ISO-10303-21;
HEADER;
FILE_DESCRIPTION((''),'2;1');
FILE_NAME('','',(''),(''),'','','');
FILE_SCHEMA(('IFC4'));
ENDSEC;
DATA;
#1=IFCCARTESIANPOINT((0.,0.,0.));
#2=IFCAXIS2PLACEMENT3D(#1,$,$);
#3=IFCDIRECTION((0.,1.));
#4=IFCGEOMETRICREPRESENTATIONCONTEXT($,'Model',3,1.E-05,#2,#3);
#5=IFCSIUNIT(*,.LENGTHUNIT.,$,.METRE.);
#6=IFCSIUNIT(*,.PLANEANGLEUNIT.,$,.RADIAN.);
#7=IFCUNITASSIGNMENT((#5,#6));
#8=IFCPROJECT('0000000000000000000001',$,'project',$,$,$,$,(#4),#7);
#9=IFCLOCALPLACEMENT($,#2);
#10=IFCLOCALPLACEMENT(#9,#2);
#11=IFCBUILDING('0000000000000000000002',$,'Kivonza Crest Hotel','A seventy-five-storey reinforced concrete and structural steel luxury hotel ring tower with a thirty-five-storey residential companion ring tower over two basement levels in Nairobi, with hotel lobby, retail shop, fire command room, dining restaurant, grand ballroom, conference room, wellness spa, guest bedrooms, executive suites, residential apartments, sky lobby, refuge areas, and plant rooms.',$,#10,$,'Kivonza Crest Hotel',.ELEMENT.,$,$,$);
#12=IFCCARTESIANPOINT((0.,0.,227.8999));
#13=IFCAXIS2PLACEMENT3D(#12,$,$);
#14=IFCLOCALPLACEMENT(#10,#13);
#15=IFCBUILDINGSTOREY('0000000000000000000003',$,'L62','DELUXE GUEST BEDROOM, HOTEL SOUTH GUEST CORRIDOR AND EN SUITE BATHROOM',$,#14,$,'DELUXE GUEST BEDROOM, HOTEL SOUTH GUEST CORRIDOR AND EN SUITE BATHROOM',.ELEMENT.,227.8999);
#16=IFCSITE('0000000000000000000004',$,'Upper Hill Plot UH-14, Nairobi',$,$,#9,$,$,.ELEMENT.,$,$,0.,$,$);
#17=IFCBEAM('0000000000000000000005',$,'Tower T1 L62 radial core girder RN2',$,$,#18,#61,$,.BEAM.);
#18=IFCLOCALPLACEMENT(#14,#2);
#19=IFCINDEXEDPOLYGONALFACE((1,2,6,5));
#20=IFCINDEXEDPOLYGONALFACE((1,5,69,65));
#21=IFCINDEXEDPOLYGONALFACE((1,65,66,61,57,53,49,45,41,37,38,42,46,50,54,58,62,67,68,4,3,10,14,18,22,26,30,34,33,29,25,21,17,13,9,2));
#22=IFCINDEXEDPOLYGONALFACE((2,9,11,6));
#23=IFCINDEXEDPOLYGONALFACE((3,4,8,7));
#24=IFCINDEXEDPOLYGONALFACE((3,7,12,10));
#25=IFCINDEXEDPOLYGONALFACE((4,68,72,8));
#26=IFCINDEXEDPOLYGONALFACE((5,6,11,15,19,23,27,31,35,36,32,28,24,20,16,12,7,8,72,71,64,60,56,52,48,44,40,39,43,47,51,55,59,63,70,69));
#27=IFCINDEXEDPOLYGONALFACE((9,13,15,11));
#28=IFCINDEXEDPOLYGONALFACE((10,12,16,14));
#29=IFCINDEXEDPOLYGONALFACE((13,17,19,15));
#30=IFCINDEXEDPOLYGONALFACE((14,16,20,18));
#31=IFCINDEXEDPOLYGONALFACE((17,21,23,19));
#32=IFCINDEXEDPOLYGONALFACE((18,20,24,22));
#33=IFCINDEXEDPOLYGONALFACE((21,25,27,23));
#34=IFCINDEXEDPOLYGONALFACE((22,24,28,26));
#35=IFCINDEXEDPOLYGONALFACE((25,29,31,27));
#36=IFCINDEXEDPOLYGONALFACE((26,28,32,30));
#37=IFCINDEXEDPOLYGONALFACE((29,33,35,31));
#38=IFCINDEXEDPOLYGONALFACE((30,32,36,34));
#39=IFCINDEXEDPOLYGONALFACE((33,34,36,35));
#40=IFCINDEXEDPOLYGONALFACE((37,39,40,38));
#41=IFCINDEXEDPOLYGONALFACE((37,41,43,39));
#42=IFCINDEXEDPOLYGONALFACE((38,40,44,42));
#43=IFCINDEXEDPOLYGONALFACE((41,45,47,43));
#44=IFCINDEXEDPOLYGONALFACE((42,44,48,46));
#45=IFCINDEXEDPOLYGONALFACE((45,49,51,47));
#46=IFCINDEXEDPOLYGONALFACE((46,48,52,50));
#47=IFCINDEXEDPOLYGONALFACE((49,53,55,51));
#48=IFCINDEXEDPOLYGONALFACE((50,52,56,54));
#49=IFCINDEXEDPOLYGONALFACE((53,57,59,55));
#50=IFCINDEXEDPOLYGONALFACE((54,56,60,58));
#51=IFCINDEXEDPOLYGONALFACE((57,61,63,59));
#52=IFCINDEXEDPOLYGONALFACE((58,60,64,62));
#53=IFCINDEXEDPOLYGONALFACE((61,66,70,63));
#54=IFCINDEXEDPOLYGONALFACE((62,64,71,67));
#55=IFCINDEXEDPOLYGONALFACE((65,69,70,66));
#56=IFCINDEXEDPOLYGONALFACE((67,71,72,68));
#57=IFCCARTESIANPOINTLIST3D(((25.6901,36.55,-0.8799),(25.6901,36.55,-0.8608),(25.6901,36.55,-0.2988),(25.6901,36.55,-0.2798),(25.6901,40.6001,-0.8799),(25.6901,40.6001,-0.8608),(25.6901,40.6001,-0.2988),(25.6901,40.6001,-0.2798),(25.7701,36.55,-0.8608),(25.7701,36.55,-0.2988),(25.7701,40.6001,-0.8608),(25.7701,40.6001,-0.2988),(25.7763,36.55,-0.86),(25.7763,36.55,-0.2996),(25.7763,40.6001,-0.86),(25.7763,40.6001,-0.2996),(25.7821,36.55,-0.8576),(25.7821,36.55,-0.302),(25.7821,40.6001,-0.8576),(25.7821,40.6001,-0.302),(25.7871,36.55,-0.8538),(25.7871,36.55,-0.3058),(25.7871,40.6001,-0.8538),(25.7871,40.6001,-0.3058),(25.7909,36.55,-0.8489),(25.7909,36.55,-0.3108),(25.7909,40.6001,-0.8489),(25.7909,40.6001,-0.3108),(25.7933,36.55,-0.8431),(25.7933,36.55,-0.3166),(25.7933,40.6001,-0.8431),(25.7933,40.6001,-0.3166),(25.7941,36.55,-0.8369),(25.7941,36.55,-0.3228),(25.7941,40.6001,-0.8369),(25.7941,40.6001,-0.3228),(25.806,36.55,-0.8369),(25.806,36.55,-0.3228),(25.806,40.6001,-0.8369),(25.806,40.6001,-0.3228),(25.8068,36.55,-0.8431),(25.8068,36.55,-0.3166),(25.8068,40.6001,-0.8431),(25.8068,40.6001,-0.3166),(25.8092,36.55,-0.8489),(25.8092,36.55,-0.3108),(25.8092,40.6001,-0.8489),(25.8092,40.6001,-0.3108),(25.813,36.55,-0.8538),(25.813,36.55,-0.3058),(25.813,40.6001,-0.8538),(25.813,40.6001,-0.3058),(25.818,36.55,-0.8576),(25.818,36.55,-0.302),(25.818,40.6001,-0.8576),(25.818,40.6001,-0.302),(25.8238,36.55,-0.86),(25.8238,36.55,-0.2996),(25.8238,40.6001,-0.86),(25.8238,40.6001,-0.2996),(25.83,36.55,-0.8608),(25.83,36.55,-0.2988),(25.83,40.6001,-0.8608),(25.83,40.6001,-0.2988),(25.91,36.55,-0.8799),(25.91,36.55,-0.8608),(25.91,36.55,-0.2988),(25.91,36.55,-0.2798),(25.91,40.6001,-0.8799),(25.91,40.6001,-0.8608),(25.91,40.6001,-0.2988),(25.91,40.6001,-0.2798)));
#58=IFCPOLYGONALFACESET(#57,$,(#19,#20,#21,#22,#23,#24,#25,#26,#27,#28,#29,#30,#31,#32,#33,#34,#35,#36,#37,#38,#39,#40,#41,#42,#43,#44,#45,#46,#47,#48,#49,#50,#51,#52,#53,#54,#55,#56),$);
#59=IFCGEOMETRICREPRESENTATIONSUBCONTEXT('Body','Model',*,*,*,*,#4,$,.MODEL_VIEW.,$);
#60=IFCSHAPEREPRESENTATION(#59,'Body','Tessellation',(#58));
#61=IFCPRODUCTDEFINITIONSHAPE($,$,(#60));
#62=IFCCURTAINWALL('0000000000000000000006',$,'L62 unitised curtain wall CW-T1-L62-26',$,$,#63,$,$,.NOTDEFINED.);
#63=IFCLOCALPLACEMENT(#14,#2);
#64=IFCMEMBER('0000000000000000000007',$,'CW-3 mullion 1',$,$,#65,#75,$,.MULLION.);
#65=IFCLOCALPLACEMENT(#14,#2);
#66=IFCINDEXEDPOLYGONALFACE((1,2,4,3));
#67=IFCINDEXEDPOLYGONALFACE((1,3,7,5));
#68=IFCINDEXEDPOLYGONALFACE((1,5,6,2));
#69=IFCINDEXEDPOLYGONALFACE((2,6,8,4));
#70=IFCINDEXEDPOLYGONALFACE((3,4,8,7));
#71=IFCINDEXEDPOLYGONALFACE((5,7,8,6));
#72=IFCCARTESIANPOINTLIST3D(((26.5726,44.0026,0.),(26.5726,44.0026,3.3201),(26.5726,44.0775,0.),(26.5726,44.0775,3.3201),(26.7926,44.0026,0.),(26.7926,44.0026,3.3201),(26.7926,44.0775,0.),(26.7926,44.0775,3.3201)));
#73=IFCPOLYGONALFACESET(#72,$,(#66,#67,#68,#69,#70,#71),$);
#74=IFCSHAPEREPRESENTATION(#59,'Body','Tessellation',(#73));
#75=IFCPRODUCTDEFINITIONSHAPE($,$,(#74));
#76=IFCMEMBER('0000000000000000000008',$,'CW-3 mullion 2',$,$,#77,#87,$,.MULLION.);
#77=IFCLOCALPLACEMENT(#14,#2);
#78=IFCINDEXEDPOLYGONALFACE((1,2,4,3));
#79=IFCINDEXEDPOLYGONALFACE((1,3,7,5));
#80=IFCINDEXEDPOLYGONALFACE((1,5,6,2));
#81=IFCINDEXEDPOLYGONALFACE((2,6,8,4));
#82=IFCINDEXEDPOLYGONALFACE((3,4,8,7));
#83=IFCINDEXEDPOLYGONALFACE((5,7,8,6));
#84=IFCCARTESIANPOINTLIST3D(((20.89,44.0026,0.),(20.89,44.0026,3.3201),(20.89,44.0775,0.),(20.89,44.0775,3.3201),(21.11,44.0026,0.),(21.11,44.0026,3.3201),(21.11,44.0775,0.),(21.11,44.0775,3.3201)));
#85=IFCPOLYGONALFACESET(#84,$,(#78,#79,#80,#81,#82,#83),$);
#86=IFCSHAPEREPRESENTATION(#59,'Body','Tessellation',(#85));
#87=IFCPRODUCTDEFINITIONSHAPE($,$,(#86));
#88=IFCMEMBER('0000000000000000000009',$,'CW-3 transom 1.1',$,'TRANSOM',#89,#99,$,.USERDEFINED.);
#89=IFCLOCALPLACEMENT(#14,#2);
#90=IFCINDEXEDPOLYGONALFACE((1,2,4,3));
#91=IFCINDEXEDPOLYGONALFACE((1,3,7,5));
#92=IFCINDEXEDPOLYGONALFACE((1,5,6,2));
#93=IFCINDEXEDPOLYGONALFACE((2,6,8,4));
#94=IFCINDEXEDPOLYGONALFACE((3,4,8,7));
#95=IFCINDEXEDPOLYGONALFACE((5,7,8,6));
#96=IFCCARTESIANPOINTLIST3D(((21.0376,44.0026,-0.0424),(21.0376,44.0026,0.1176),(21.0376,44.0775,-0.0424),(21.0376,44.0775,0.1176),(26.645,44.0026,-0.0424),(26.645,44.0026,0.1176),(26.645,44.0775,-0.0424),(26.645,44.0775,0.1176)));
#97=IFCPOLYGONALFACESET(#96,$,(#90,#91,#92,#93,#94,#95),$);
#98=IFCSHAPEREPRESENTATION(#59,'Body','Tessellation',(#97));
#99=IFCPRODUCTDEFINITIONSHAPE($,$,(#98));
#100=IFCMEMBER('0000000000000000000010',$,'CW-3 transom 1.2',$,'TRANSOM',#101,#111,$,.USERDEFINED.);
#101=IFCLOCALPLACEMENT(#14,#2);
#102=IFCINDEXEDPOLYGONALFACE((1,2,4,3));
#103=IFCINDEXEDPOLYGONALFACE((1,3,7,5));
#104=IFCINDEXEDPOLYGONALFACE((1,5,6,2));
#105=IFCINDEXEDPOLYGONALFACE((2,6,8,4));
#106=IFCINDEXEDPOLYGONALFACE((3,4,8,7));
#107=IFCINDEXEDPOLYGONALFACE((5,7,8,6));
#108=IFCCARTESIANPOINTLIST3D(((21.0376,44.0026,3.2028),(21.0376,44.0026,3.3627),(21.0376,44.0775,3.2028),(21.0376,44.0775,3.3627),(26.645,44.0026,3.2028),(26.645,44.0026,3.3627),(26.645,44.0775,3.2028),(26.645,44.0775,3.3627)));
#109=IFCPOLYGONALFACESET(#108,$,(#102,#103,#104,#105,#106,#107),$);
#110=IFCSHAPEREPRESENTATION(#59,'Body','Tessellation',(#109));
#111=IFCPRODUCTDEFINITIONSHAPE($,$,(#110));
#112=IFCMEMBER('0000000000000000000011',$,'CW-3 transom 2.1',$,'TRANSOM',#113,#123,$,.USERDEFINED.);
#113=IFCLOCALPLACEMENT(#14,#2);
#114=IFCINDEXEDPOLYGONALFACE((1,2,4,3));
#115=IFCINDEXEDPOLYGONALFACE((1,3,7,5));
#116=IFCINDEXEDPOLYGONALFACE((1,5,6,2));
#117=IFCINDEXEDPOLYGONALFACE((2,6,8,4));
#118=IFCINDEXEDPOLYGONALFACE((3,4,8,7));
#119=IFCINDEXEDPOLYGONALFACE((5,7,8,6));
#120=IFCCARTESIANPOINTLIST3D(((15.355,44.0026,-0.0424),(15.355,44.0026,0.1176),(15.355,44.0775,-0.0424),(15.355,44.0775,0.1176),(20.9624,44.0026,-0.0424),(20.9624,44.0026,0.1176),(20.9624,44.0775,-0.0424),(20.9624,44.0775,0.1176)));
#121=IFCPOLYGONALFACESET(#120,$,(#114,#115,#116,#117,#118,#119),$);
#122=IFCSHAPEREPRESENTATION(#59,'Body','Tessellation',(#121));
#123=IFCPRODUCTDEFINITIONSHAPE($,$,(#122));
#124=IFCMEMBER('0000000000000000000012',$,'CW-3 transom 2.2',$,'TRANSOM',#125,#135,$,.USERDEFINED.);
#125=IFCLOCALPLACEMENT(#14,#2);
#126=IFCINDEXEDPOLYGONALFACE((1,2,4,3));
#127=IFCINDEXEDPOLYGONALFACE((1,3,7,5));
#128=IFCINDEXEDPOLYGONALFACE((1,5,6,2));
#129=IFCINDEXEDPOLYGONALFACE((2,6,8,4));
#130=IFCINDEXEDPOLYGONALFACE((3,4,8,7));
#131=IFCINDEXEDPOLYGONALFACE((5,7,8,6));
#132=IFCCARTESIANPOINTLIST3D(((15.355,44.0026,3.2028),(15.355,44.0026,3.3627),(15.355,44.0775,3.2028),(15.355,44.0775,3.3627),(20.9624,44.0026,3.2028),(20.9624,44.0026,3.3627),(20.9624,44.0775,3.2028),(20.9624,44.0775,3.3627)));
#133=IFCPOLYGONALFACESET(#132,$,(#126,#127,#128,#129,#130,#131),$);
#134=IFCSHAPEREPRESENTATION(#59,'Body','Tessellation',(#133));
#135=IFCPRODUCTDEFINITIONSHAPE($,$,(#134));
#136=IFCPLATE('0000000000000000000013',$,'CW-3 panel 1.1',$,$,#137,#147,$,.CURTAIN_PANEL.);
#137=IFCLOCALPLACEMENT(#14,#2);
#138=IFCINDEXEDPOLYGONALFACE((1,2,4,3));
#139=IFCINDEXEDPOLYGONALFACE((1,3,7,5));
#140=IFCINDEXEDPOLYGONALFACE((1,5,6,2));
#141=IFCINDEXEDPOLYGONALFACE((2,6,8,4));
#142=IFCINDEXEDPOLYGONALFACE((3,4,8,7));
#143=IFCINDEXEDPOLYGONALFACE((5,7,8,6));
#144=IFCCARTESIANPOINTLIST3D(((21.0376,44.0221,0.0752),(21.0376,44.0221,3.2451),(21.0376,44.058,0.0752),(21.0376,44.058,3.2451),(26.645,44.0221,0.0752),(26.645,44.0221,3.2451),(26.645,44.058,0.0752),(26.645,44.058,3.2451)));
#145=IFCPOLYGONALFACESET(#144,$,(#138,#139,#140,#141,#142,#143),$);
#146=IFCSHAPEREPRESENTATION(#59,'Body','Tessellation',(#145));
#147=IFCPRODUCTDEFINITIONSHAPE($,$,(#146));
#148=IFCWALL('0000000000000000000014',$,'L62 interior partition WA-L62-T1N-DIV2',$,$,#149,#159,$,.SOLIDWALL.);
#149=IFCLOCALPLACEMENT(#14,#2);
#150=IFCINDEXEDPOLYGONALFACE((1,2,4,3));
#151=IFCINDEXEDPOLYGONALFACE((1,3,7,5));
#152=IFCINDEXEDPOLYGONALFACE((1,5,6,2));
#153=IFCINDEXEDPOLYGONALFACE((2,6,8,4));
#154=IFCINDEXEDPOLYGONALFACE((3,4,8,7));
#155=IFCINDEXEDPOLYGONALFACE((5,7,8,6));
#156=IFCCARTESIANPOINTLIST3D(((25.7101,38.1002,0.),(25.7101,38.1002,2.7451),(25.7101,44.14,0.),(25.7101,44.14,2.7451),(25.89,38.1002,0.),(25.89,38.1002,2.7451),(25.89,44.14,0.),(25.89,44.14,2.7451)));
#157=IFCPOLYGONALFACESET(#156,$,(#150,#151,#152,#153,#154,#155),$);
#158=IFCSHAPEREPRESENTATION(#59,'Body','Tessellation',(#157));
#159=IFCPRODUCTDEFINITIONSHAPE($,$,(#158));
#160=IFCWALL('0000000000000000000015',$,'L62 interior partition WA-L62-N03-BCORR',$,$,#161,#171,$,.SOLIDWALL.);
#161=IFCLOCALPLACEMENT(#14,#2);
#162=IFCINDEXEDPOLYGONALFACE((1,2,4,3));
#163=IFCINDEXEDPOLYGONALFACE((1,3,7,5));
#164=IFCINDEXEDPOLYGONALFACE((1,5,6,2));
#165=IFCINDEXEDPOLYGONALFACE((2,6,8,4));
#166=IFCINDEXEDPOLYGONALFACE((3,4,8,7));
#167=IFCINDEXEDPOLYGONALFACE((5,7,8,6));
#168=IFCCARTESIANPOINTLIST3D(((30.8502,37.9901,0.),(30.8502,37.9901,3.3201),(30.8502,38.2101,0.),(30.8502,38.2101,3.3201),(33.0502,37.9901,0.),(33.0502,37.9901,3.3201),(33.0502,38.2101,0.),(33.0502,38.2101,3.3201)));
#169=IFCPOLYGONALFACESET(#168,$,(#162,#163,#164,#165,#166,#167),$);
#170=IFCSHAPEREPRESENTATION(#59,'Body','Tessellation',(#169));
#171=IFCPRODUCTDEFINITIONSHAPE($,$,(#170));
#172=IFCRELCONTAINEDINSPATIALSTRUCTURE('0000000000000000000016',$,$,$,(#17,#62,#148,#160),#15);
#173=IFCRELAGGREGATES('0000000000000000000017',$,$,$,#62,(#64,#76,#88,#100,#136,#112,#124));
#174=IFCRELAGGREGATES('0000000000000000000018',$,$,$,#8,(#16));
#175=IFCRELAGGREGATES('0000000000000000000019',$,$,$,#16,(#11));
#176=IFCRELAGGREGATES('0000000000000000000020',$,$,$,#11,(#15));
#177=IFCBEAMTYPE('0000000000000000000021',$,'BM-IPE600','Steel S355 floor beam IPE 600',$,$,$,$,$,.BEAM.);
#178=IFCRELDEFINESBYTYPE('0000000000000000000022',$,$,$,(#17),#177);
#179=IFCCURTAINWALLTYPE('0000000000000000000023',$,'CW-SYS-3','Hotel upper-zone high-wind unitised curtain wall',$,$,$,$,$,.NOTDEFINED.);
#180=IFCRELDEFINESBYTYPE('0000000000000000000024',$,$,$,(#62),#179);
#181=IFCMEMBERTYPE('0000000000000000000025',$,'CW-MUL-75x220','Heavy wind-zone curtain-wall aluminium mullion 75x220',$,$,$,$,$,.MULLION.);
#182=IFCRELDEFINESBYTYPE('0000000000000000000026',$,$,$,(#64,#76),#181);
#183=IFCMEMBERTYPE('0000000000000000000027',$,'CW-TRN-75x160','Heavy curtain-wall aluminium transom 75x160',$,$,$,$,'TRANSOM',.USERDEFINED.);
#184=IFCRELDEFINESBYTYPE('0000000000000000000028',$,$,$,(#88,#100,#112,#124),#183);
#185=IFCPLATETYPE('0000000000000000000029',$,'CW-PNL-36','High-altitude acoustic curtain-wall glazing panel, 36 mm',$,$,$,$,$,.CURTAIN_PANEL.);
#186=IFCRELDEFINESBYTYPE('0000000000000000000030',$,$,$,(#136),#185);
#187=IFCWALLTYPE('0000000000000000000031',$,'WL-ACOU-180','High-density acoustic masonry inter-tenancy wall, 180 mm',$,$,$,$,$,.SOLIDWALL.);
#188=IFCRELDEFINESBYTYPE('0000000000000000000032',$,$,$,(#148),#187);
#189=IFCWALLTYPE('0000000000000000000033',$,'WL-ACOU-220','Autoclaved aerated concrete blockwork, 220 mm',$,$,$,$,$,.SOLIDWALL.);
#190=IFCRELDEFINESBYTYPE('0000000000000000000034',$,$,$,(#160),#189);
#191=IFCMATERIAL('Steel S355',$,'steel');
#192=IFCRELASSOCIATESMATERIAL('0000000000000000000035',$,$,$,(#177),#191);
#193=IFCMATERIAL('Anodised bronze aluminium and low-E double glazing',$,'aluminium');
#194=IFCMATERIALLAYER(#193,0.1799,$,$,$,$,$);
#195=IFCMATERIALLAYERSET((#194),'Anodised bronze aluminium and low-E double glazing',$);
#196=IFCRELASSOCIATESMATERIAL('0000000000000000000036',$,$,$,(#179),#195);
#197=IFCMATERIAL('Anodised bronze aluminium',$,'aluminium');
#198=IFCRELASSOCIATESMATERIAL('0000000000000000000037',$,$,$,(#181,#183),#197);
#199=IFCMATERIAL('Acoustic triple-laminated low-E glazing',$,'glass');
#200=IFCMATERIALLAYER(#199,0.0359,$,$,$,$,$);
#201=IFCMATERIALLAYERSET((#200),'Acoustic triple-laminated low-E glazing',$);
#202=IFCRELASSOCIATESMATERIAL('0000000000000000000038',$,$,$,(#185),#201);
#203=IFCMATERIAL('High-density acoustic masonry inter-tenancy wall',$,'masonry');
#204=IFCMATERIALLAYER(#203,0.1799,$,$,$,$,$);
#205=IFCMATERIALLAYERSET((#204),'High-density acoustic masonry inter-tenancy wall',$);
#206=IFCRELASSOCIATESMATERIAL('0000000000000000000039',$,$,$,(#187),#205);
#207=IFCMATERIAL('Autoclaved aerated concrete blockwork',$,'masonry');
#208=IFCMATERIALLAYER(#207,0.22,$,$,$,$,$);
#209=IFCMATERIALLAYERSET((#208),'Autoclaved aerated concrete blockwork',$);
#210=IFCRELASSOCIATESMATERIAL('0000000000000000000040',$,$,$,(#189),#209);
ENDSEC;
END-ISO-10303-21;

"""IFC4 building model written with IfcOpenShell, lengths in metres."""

from ifc_helpers import new_model, si_unit, direction, frame, frame_2d, origin, origin_2d, place, context, subcontext, project, spatial, rectangle, i_section, extrude, material, layer, layer_set, material_profile, profile_set, type_object, element, aggregate, save


model = new_model("IFC4")

# Units and contexts
model_context = context("Model", 3, precision=1e-05, world=origin(), true_north=direction((0.0, 1.0)))
body_context = subcontext(model_context, "Body", "Model", "MODEL_VIEW")
ifc_project = project(units=[si_unit("LENGTHUNIT", "METRE"), si_unit("PLANEANGLEUNIT", "RADIAN")], contexts=[model_context])

# Site, building, storey
site_placement = place(None, origin())
site = spatial("IfcSite", under=ifc_project, at=site_placement, Name="Upper Hill Plot UH-14, Nairobi", CompositionType="ELEMENT", RefElevation=0.0)
building_placement = place(site_placement, origin())
building = spatial("IfcBuilding", under=site, at=building_placement, Name="Kivonza Crest Hotel", Description="A seventy-five-storey reinforced concrete and structural steel luxury hotel ring tower with a thirty-five-storey residential companion ring tower over two basement levels in Nairobi, with hotel lobby, retail shop, fire command room, dining restaurant, grand ballroom, conference room, wellness spa, guest bedrooms, executive suites, residential apartments, sky lobby, refuge areas, and plant rooms.", LongName="Kivonza Crest Hotel", CompositionType="ELEMENT")
storey_placement = place(building_placement, frame((0.0, 0.0, 227.8999)))
storey = spatial("IfcBuildingStorey", under=building, at=storey_placement, Name="L62", Description="DELUXE GUEST BEDROOM, HOTEL SOUTH GUEST CORRIDOR AND EN SUITE BATHROOM", LongName="DELUXE GUEST BEDROOM, HOTEL SOUTH GUEST CORRIDOR AND EN SUITE BATHROOM", CompositionType="ELEMENT", Elevation=227.8999)

# Beam
ifc_material_1 = material(Name="Steel S355", Category="steel")
ifc_material_profile_1 = material_profile(ifc_material_1, i_section(OverallWidth=0.22, OverallDepth=0.6001, WebThickness=0.012, FlangeThickness=0.019, FilletRadius=0.0239, at=origin_2d()), Name="IPE 600")
ifc_profile_set_1 = profile_set([ifc_material_profile_1], Name="Steel S355")
beam_type_1 = type_object("IfcBeamType", Name="BM-IPE600", Description="Steel S355 floor beam IPE 600", PredefinedType="BEAM", material=ifc_profile_set_1)
beam_1_placement = place(storey_placement, frame((25.8, 40.6001, -0.5798), z_axis=(0.0, -1.0, 0.0), x_axis=(1.0, 0.0, 0.0)))
element("IfcBeam", 1, at=beam_1_placement, inside=storey, type_object=beam_type_1, Name="Tower T1 L62 radial core girder RN2", PredefinedType="BEAM", context=body_context, shape_type="SweptSolid", body=[
    extrude(i_section(OverallWidth=0.22, OverallDepth=0.6001, WebThickness=0.012, FlangeThickness=0.019, FilletRadius=0.0239, at=origin_2d()), origin(), (0.0, 0.0, 1.0), 4.05),
])

# Curtain wall, members, plate
ifc_material_2 = material(Name="Anodised bronze aluminium and low-E double glazing", Category="aluminium")
ifc_layer_1 = layer(ifc_material_2, 0.1799)
ifc_layer_set_1 = layer_set([ifc_layer_1], Name="Anodised bronze aluminium and low-E double glazing")
curtain_wall_type = type_object("IfcCurtainWallType", Name="CW-SYS-3", Description="Hotel upper-zone high-wind unitised curtain wall", PredefinedType="NOTDEFINED", material=ifc_layer_set_1)
curtain_wall_placement = place(storey_placement, origin())
curtain_wall = element("IfcCurtainWall", 2, at=curtain_wall_placement, inside=storey, type_object=curtain_wall_type, Name="L62 unitised curtain wall CW-T1-L62-26", PredefinedType="NOTDEFINED")
ifc_material_3 = material(Name="Anodised bronze aluminium", Category="aluminium")
ifc_material_profile_2 = material_profile(ifc_material_3, rectangle(XDim=0.075, YDim=0.22, at=origin_2d()), Name="CW-M 75x220")
ifc_profile_set_2 = profile_set([ifc_material_profile_2], Name="Anodised bronze aluminium")
member_type_1 = type_object("IfcMemberType", Name="CW-MUL-75x220", Description="Heavy wind-zone curtain-wall aluminium mullion 75x220", PredefinedType="MULLION", material=ifc_profile_set_2)
member_1_placement = place(storey_placement, frame((26.6826, 44.04, 0.0), z_axis=(0.0, 0.0, 1.0), x_axis=(0.0, -1.0, 0.0)))
member_1 = element("IfcMember", 3, at=member_1_placement, type_object=member_type_1, Name="CW-3 mullion 1", PredefinedType="MULLION", context=body_context, shape_type="SweptSolid", body=[
    extrude(rectangle(XDim=0.075, YDim=0.22, at=origin_2d()), origin(), (0.0, 0.0, 1.0), 3.3201),
])
member_2_placement = place(storey_placement, frame((21.0, 44.04, 0.0), z_axis=(0.0, 0.0, 1.0), x_axis=(0.0, -1.0, 0.0)))
member_2 = element("IfcMember", 4, at=member_2_placement, type_object=member_type_1, Name="CW-3 mullion 2", PredefinedType="MULLION", context=body_context, shape_type="SweptSolid", body=[
    extrude(rectangle(XDim=0.075, YDim=0.22, at=origin_2d()), origin(), (0.0, 0.0, 1.0), 3.3201),
])
ifc_material_profile_3 = material_profile(ifc_material_3, rectangle(XDim=0.075, YDim=0.1599, at=origin_2d()), Name="CW-T 75x160")
ifc_profile_set_3 = profile_set([ifc_material_profile_3], Name="Anodised bronze aluminium")
member_type_2 = type_object("IfcMemberType", Name="CW-TRN-75x160", Description="Heavy curtain-wall aluminium transom 75x160", ElementType="TRANSOM", PredefinedType="USERDEFINED", material=ifc_profile_set_3)
member_3_placement = place(storey_placement, frame((26.645, 44.04, 0.0376), z_axis=(-1.0, 0.0, 0.0), x_axis=(0.0, -1.0, 0.0)))
member_3 = element("IfcMember", 5, at=member_3_placement, type_object=member_type_2, Name="CW-3 transom 1.1", ObjectType="TRANSOM", PredefinedType="USERDEFINED", context=body_context, shape_type="SweptSolid", body=[
    extrude(rectangle(XDim=0.075, YDim=0.1599, at=origin_2d()), origin(), (0.0, 0.0, 1.0), 5.6074),
])
member_4_placement = place(storey_placement, frame((26.645, 44.04, 3.2827), z_axis=(-1.0, 0.0, 0.0), x_axis=(0.0, -1.0, 0.0)))
member_4 = element("IfcMember", 6, at=member_4_placement, type_object=member_type_2, Name="CW-3 transom 1.2", ObjectType="TRANSOM", PredefinedType="USERDEFINED", context=body_context, shape_type="SweptSolid", body=[
    extrude(rectangle(XDim=0.075, YDim=0.1599, at=origin_2d()), origin(), (0.0, 0.0, 1.0), 5.6074),
])
member_5_placement = place(storey_placement, frame((20.9624, 44.04, 0.0376), z_axis=(-1.0, 0.0, 0.0), x_axis=(0.0, -1.0, 0.0)))
member_5 = element("IfcMember", 7, at=member_5_placement, type_object=member_type_2, Name="CW-3 transom 2.1", ObjectType="TRANSOM", PredefinedType="USERDEFINED", context=body_context, shape_type="SweptSolid", body=[
    extrude(rectangle(XDim=0.075, YDim=0.1599, at=origin_2d()), origin(), (0.0, 0.0, 1.0), 5.6074),
])
member_6_placement = place(storey_placement, frame((20.9624, 44.04, 3.2827), z_axis=(-1.0, 0.0, 0.0), x_axis=(0.0, -1.0, 0.0)))
member_6 = element("IfcMember", 8, at=member_6_placement, type_object=member_type_2, Name="CW-3 transom 2.2", ObjectType="TRANSOM", PredefinedType="USERDEFINED", context=body_context, shape_type="SweptSolid", body=[
    extrude(rectangle(XDim=0.075, YDim=0.1599, at=origin_2d()), origin(), (0.0, 0.0, 1.0), 5.6074),
])
ifc_material_4 = material(Name="Acoustic triple-laminated low-E glazing", Category="glass")
ifc_layer_2 = layer(ifc_material_4, 0.0359)
ifc_layer_set_2 = layer_set([ifc_layer_2], Name="Acoustic triple-laminated low-E glazing")
plate_type = type_object("IfcPlateType", Name="CW-PNL-36", Description="High-altitude acoustic curtain-wall glazing panel, 36 mm", PredefinedType="CURTAIN_PANEL", material=ifc_layer_set_2)
plate_placement = place(storey_placement, frame((23.8413, 44.04, 0.0752), z_axis=(0.0, 0.0, 1.0), x_axis=(-1.0, 0.0, 0.0)))
plate = element("IfcPlate", 9, at=plate_placement, type_object=plate_type, Name="CW-3 panel 1.1", PredefinedType="CURTAIN_PANEL", context=body_context, shape_type="SweptSolid", body=[
    extrude(rectangle(XDim=5.6074, YDim=0.0359, at=origin_2d()), origin(), (0.0, 0.0, 1.0), 3.1699),
])
aggregate(curtain_wall, [member_1, member_2, member_3, member_4, plate, member_5, member_6])

# Walls
ifc_material_5 = material(Name="High-density acoustic masonry inter-tenancy wall", Category="masonry")
ifc_layer_3 = layer(ifc_material_5, 0.1799)
ifc_layer_set_3 = layer_set([ifc_layer_3], Name="High-density acoustic masonry inter-tenancy wall")
wall_type_1 = type_object("IfcWallType", Name="WL-ACOU-180", Description="High-density acoustic masonry inter-tenancy wall, 180 mm", PredefinedType="SOLIDWALL", material=ifc_layer_set_3)
wall_1_placement = place(storey_placement, frame((25.8, 38.1001, 0.0), z_axis=(0.0, 0.0, 1.0), x_axis=(0.0, 1.0, 0.0)))
element("IfcWall", 10, at=wall_1_placement, inside=storey, type_object=wall_type_1, Name="L62 interior partition WA-L62-T1N-DIV2", PredefinedType="SOLIDWALL", context=body_context, shape_type="SweptSolid", body=[
    extrude(rectangle(XDim=6.0398, YDim=0.1799, at=frame_2d((3.02, 0.0))), origin(), (0.0, 0.0, 1.0), 2.7451),
])
ifc_material_6 = material(Name="Autoclaved aerated concrete blockwork", Category="masonry")
ifc_layer_4 = layer(ifc_material_6, 0.22)
ifc_layer_set_4 = layer_set([ifc_layer_4], Name="Autoclaved aerated concrete blockwork")
wall_type_2 = type_object("IfcWallType", Name="WL-ACOU-220", Description="Autoclaved aerated concrete blockwork, 220 mm", PredefinedType="SOLIDWALL", material=ifc_layer_set_4)
wall_2_placement = place(storey_placement, frame((30.8501, 38.1001, 0.0), z_axis=(0.0, 0.0, 1.0), x_axis=(1.0, 0.0, 0.0)))
element("IfcWall", 11, at=wall_2_placement, inside=storey, type_object=wall_type_2, Name="L62 interior partition WA-L62-N03-BCORR", PredefinedType="SOLIDWALL", context=body_context, shape_type="SweptSolid", body=[
    extrude(rectangle(XDim=2.2, YDim=0.22, at=frame_2d((1.1001, 0.0))), origin(), (0.0, 0.0, 1.0), 3.3201),
])

save(model, "model.ifc")
